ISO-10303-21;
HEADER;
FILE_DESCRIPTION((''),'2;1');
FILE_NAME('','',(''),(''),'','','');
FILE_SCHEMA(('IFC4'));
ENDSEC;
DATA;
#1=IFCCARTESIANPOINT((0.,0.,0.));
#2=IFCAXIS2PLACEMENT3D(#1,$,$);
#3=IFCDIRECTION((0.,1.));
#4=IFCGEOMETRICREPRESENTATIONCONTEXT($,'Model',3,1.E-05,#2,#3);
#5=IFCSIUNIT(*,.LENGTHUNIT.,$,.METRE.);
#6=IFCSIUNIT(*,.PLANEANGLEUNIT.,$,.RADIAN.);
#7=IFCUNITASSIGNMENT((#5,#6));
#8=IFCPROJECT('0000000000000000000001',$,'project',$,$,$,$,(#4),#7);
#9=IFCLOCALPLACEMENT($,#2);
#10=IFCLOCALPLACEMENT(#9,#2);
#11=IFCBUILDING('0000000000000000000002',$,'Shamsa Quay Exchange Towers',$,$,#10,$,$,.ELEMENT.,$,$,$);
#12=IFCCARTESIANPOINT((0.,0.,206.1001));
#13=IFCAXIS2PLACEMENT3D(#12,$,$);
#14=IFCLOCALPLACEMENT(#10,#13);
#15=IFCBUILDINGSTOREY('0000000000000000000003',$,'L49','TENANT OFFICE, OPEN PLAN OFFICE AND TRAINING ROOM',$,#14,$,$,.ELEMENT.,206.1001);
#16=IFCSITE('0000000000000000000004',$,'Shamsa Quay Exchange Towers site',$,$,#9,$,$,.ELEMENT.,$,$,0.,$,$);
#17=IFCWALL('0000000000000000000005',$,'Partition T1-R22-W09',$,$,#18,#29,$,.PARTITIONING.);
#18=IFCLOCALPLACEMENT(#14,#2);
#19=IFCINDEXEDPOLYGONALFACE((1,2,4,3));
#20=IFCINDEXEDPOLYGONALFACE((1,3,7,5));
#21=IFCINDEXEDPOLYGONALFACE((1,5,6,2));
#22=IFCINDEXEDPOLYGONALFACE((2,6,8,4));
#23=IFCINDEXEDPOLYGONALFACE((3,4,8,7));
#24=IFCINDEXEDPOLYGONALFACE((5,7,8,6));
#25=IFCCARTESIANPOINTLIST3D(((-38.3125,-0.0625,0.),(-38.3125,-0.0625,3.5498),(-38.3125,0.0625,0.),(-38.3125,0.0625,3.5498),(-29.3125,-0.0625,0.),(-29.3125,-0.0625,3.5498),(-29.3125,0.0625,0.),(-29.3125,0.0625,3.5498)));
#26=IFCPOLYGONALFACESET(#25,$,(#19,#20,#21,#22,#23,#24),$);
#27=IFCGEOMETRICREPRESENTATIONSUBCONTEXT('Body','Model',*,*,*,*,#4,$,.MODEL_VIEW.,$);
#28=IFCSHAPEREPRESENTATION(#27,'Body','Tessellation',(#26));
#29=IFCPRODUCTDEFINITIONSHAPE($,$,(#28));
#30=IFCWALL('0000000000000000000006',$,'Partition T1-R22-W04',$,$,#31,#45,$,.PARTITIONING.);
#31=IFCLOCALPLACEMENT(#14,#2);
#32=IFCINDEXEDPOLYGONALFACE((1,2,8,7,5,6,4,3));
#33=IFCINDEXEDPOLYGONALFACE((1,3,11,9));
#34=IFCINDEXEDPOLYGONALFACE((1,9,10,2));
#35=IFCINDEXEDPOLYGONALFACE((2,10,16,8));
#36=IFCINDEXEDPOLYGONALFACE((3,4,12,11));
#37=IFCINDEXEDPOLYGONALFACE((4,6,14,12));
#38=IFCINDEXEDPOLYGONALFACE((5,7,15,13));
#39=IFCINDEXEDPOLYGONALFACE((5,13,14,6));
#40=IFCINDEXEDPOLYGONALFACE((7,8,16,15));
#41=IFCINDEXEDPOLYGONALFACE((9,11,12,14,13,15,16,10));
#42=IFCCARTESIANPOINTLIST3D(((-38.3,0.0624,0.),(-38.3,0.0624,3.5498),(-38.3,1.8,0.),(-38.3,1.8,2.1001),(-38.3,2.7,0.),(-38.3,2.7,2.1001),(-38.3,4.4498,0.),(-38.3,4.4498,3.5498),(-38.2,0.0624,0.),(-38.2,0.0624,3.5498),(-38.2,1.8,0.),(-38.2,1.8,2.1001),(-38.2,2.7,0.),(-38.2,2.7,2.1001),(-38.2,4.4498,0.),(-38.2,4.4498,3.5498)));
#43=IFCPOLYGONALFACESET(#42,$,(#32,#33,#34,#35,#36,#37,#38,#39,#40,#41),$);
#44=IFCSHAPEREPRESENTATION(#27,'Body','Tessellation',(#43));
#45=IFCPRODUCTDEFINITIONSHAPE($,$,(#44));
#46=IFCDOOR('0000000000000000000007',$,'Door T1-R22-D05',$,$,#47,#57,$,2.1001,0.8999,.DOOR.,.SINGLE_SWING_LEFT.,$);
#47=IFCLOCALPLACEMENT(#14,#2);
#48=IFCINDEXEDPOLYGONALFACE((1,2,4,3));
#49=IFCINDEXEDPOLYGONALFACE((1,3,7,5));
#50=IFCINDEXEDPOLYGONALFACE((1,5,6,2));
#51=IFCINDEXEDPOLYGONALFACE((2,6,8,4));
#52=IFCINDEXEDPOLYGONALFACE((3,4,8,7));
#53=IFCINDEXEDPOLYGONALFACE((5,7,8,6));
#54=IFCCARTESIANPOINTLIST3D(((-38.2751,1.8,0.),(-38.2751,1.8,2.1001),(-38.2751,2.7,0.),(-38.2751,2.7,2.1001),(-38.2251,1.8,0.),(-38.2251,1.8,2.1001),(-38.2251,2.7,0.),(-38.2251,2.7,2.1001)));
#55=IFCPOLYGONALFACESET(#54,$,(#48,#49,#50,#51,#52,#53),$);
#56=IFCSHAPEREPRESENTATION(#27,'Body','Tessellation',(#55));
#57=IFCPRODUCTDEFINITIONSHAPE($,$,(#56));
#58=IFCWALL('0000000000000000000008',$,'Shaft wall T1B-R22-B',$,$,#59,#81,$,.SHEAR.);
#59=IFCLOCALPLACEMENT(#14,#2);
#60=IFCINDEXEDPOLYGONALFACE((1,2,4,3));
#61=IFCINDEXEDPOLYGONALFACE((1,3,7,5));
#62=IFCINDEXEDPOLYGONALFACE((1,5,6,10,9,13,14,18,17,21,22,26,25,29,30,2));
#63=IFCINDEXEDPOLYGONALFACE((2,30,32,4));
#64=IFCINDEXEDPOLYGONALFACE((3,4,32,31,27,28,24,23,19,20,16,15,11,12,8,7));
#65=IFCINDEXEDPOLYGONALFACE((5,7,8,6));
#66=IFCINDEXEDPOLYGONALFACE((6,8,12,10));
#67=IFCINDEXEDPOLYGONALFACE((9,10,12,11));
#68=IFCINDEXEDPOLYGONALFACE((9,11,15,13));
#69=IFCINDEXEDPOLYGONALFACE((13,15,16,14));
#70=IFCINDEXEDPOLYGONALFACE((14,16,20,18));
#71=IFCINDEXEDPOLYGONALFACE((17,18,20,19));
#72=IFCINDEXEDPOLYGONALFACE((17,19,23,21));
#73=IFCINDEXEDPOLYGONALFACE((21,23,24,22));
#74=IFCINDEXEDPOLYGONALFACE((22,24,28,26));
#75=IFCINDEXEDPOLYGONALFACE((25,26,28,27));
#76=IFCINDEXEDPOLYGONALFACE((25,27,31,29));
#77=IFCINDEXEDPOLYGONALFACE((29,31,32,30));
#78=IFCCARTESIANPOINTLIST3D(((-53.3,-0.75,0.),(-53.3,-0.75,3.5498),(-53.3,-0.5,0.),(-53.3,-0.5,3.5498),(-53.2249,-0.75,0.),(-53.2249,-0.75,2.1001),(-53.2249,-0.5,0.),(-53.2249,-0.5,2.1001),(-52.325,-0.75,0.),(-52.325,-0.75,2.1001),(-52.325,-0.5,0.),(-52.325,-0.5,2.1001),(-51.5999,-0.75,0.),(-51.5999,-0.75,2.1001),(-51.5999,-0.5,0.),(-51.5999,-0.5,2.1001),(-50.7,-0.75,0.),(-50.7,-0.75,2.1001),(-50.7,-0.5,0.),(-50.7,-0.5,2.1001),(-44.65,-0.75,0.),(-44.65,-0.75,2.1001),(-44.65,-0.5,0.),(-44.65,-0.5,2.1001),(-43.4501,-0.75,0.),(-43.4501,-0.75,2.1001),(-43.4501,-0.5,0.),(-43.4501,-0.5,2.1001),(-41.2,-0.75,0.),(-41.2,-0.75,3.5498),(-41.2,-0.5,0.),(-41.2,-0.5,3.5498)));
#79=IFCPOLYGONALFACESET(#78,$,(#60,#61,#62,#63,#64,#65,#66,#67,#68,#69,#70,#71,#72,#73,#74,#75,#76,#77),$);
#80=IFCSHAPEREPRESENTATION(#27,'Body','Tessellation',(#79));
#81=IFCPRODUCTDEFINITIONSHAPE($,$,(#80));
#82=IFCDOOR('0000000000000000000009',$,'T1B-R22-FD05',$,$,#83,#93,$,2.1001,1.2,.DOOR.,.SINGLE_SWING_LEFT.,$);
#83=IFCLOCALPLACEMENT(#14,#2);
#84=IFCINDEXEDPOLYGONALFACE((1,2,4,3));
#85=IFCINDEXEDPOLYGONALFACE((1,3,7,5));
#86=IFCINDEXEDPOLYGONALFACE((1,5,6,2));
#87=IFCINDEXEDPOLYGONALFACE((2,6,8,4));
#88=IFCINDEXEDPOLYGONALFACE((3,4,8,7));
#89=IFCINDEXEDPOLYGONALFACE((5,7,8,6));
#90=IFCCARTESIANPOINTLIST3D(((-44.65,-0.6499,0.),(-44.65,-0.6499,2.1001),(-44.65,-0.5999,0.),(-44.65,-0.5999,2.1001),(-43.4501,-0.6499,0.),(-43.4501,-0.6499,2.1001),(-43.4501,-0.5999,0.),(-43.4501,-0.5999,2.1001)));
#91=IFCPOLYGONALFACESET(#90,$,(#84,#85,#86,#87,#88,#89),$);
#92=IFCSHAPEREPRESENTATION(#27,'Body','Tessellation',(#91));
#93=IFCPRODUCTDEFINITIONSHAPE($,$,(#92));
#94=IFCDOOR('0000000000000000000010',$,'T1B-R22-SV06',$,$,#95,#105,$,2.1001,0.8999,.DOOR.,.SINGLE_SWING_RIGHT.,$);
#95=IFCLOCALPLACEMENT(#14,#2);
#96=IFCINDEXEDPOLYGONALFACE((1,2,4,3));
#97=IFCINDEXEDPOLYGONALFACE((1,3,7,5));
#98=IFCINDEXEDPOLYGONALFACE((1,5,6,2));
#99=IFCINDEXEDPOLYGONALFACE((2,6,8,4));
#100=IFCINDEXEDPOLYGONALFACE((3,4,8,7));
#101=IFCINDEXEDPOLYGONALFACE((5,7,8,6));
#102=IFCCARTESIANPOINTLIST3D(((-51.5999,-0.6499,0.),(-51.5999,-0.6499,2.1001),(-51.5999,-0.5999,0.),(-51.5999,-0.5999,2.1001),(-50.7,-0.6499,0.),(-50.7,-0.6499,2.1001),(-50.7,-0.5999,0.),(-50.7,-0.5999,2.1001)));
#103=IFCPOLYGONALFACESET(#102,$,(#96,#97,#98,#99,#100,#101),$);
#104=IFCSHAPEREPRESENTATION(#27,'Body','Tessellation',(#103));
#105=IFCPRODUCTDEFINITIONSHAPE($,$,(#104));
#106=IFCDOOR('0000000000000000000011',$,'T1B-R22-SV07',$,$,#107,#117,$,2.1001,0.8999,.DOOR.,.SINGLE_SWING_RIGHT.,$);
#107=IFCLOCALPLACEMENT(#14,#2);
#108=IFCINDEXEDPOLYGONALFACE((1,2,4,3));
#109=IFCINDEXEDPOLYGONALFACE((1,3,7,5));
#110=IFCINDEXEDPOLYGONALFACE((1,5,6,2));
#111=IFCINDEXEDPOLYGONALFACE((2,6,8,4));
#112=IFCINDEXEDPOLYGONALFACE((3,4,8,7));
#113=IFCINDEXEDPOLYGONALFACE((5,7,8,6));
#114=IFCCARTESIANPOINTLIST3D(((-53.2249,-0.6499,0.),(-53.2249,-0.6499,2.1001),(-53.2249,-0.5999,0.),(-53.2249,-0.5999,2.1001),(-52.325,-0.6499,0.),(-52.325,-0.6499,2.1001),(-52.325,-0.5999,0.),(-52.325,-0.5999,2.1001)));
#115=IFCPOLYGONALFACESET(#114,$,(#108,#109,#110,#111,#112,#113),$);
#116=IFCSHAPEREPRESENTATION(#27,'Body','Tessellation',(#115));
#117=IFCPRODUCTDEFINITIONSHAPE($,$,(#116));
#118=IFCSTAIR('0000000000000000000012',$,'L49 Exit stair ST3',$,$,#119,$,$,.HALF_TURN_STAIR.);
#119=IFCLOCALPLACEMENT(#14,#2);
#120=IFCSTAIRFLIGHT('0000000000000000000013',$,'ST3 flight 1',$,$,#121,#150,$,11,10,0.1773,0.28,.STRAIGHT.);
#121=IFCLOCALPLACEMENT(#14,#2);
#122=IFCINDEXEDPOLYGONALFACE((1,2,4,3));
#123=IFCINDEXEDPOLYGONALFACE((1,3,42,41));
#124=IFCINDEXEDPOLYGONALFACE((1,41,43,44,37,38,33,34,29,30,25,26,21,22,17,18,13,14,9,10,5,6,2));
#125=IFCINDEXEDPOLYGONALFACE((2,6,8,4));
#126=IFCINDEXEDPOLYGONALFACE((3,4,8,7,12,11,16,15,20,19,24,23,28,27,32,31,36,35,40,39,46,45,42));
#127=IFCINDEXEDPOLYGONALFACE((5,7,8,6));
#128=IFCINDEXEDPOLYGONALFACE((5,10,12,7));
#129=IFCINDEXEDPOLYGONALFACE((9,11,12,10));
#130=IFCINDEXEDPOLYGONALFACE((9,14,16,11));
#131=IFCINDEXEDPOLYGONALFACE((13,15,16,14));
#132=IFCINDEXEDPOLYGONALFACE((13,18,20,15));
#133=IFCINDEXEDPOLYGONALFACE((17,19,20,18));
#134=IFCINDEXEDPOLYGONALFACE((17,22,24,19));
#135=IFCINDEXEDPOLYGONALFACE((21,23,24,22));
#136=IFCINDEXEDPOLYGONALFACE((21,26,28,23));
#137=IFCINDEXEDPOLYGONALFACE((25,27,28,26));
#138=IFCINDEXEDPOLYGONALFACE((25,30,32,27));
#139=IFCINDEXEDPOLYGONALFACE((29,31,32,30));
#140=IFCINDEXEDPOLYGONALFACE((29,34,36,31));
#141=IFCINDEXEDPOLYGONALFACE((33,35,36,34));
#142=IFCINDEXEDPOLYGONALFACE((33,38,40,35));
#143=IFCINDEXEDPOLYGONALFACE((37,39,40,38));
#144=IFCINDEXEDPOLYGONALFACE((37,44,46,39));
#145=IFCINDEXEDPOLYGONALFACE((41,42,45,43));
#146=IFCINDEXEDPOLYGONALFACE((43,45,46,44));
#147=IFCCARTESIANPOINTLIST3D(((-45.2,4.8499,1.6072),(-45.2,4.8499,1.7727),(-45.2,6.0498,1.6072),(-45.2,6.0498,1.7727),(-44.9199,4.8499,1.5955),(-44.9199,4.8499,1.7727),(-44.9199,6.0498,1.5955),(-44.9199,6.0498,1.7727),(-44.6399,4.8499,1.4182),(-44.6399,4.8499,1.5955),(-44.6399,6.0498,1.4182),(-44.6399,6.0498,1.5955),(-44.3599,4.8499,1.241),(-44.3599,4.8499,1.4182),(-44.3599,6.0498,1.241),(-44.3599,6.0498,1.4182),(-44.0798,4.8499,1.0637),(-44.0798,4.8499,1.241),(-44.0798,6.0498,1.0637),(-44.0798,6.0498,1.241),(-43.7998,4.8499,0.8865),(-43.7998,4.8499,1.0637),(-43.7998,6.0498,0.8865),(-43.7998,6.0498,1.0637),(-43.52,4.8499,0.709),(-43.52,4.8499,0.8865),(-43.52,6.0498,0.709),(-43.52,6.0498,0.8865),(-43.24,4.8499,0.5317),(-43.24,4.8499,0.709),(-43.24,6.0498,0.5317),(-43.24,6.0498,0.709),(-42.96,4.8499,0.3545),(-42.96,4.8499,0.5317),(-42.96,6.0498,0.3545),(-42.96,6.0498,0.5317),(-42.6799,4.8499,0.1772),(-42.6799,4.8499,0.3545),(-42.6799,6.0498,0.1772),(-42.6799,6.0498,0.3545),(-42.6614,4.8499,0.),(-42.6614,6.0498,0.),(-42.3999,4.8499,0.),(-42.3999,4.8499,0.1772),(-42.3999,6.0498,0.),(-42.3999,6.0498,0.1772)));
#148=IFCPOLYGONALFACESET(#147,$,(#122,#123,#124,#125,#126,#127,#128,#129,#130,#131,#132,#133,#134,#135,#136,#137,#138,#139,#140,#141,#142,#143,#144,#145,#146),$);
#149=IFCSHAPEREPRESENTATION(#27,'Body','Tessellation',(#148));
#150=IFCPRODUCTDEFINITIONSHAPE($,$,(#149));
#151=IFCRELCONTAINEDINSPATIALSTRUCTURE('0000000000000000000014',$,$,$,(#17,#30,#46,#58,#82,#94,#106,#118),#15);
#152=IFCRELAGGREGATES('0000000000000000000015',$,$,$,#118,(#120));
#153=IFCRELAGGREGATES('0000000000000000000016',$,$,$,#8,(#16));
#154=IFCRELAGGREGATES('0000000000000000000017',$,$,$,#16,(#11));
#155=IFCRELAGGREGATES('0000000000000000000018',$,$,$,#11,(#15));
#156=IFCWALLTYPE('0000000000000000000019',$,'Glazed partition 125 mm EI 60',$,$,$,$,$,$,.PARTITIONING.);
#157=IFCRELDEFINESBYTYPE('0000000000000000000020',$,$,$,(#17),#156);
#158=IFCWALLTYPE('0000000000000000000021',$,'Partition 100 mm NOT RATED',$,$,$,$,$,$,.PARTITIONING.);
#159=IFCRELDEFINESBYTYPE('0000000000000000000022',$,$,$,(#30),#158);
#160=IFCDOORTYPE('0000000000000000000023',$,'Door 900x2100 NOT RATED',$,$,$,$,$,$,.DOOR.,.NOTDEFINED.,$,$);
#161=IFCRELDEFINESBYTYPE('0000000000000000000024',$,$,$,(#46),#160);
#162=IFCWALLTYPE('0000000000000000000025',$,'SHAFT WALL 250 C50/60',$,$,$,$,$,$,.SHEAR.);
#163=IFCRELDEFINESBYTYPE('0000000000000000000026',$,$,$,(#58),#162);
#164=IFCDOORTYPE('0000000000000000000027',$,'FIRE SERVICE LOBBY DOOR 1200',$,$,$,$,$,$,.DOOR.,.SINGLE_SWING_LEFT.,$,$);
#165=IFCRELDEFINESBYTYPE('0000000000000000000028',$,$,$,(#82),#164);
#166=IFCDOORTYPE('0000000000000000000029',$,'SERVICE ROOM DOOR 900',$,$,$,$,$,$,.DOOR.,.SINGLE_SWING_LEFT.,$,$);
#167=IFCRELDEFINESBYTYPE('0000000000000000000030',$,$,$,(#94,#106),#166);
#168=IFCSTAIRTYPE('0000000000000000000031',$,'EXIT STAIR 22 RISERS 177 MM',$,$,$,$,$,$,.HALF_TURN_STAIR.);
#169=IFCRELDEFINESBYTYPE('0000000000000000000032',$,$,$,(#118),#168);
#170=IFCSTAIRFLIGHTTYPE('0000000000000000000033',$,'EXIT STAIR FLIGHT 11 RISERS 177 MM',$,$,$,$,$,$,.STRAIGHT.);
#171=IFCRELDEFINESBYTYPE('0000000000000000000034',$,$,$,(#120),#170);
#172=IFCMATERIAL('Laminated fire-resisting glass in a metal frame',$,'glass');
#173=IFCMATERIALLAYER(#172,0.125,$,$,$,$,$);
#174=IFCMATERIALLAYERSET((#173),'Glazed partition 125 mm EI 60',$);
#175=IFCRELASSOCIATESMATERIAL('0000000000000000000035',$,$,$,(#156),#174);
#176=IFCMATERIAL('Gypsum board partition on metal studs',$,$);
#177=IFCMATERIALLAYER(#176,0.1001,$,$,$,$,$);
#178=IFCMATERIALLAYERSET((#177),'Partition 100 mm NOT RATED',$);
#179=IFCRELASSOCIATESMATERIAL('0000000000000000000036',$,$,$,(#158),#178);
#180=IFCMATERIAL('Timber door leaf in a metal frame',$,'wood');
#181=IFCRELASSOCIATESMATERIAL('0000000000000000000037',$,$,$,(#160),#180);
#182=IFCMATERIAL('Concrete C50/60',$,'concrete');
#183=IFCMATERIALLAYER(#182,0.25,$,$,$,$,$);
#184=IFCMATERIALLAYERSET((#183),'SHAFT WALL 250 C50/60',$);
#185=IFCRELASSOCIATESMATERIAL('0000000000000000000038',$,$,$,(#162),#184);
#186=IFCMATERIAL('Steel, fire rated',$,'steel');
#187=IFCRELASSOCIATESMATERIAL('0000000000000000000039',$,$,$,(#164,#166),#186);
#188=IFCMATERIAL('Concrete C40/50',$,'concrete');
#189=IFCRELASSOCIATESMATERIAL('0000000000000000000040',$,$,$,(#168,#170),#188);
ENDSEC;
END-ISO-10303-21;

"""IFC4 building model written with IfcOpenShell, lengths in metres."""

from ifc_helpers import new_model, si_unit, direction, frame, frame_2d, origin, place, context, subcontext, project, spatial, polyline, rectangle, outline, extrude, material, layer, layer_set, type_object, element, fill, aggregate, save


model = new_model("IFC4")

# Units and contexts
model_context = context("Model", 3, precision=1e-05, world=origin(), true_north=direction((0.0, 1.0)))
body_context = subcontext(model_context, "Body", "Model", "MODEL_VIEW")
ifc_project = project(units=[si_unit("LENGTHUNIT", "METRE"), si_unit("PLANEANGLEUNIT", "RADIAN")], contexts=[model_context])

# Site, building, storey
site_placement = place(None, origin())
site = spatial("IfcSite", under=ifc_project, at=site_placement, Name="Shamsa Quay Exchange Towers site", CompositionType="ELEMENT", RefElevation=0.0)
building_placement = place(site_placement, origin())
building = spatial("IfcBuilding", under=site, at=building_placement, Name="Shamsa Quay Exchange Towers", CompositionType="ELEMENT")
storey_placement = place(building_placement, frame((0.0, 0.0, 206.1001)))
storey = spatial("IfcBuildingStorey", under=building, at=storey_placement, Name="L49", Description="TENANT OFFICE, OPEN PLAN OFFICE AND TRAINING ROOM", CompositionType="ELEMENT", Elevation=206.1001)

# Shared definitions
ifc_material_1 = material(Name="Laminated fire-resisting glass in a metal frame", Category="glass")
ifc_layer_1 = layer(ifc_material_1, 0.125)
ifc_layer_set_1 = layer_set([ifc_layer_1], Name="Glazed partition 125 mm EI 60")
wall_type_1 = type_object("IfcWallType", Name="Glazed partition 125 mm EI 60", PredefinedType="PARTITIONING", material=ifc_layer_set_1)

# Shared definitions
ifc_material_2 = material(Name="Timber door leaf in a metal frame", Category="wood")

# Wall
wall_1_placement = place(storey_placement, frame((-38.3125, 0.0, 0.0)))
element("IfcWall", 1, at=wall_1_placement, inside=storey, type_object=wall_type_1, Name="Partition T1-R22-W09", PredefinedType="PARTITIONING", context=body_context, shape_type="SweptSolid", body=[
    extrude(rectangle(XDim=9.0, YDim=0.125, at=frame_2d((4.5, 0.0))), origin(), (0.0, 0.0, 1.0), 3.5498),
])

# Wall, opening, door
ifc_material_3 = material(Name="Gypsum board partition on metal studs")
ifc_layer_2 = layer(ifc_material_3, 0.1001)
ifc_layer_set_2 = layer_set([ifc_layer_2], Name="Partition 100 mm NOT RATED")
wall_type_2 = type_object("IfcWallType", Name="Partition 100 mm NOT RATED", PredefinedType="PARTITIONING", material=ifc_layer_set_2)
wall_2_placement = place(storey_placement, frame((-38.25, 4.45, 0.0), z_axis=(0.0, 0.0, 1.0), x_axis=(0.0, -1.0, 0.0)))
wall_2 = element("IfcWall", 2, at=wall_2_placement, inside=storey, type_object=wall_type_2, Name="Partition T1-R22-W04", PredefinedType="PARTITIONING", context=body_context, shape_type="SweptSolid", body=[
    extrude(rectangle(XDim=4.3875, YDim=0.1001, at=frame_2d((2.1938, 0.0))), origin(), (0.0, 0.0, 1.0), 3.5498),
])
opening_1_placement = place(wall_2_placement, frame((1.75, 0.0, 0.0)))
opening_1 = element("IfcOpeningElement", 3, at=opening_1_placement, cuts=wall_2, PredefinedType="OPENING", context=body_context, shape_type="SweptSolid", body=[
    extrude(rectangle(XDim=0.8999, YDim=2.1001, at=frame_2d((0.45, 1.05))), frame((0.0, 0.0601, 0.0), z_axis=(0.0, -1.0, 0.0), x_axis=(1.0, 0.0, 0.0)), (0.0, 0.0, 1.0), 0.1201),
])
door_type_1 = type_object("IfcDoorType", Name="Door 900x2100 NOT RATED", OperationType="NOTDEFINED", PredefinedType="DOOR", material=ifc_material_2)
door_1_placement = place(opening_1_placement, origin())
door_1 = element("IfcDoor", 4, at=door_1_placement, inside=storey, type_object=door_type_1, Name="Door T1-R22-D05", OperationType="SINGLE_SWING_LEFT", OverallHeight=2.1001, OverallWidth=0.8999, PredefinedType="DOOR", context=body_context, shape_type="SweptSolid", body=[
    extrude(rectangle(XDim=0.8999, YDim=2.1001, at=frame_2d((0.45, 1.05))), frame((0.0, 0.0249, 0.0), z_axis=(0.0, -1.0, 0.0), x_axis=(1.0, 0.0, 0.0)), (0.0, 0.0, 1.0), 0.05),
])
fill(opening_1, door_1)

# Wall, openings, doors
ifc_material_4 = material(Name="Concrete C50/60", Category="concrete")
ifc_layer_3 = layer(ifc_material_4, 0.25)
ifc_layer_set_3 = layer_set([ifc_layer_3], Name="SHAFT WALL 250 C50/60")
wall_type_3 = type_object("IfcWallType", Name="SHAFT WALL 250 C50/60", PredefinedType="SHEAR", material=ifc_layer_set_3)
wall_3_placement = place(storey_placement, frame((-41.2, -0.625, 0.0), z_axis=(0.0, 0.0, 1.0), x_axis=(-1.0, 0.0, 0.0)))
wall_3 = element("IfcWall", 5, at=wall_3_placement, inside=storey, type_object=wall_type_3, Name="Shaft wall T1B-R22-B", PredefinedType="SHEAR", context=body_context, shape_type="SweptSolid", body=[
    extrude(rectangle(XDim=12.1001, YDim=0.25, at=frame_2d((6.05, 0.0))), origin(), (0.0, 0.0, 1.0), 3.5498),
])
opening_2_placement = place(wall_3_placement, frame((2.25, 0.0, 0.0)))
opening_2 = element("IfcOpeningElement", 6, at=opening_2_placement, cuts=wall_3, PredefinedType="OPENING", context=body_context, shape_type="SweptSolid", body=[
    extrude(rectangle(XDim=1.2, YDim=2.1001, at=frame_2d((0.6001, 1.05))), frame((0.0, 0.135, 0.0), z_axis=(0.0, -1.0, 0.0), x_axis=(1.0, 0.0, 0.0)), (0.0, 0.0, 1.0), 0.27),
])
opening_3_placement = place(wall_3_placement, frame((9.5, 0.0, 0.0)))
opening_3 = element("IfcOpeningElement", 7, at=opening_3_placement, cuts=wall_3, PredefinedType="OPENING", context=body_context, shape_type="SweptSolid", body=[
    extrude(rectangle(XDim=0.8999, YDim=2.1001, at=frame_2d((0.45, 1.05))), frame((0.0, 0.135, 0.0), z_axis=(0.0, -1.0, 0.0), x_axis=(1.0, 0.0, 0.0)), (0.0, 0.0, 1.0), 0.27),
])
opening_4_placement = place(wall_3_placement, frame((11.125, 0.0, 0.0)))
opening_4 = element("IfcOpeningElement", 8, at=opening_4_placement, cuts=wall_3, PredefinedType="OPENING", context=body_context, shape_type="SweptSolid", body=[
    extrude(rectangle(XDim=0.8999, YDim=2.1001, at=frame_2d((0.45, 1.05))), frame((0.0, 0.135, 0.0), z_axis=(0.0, -1.0, 0.0), x_axis=(1.0, 0.0, 0.0)), (0.0, 0.0, 1.0), 0.27),
])
ifc_material_5 = material(Name="Steel, fire rated", Category="steel")
door_type_2 = type_object("IfcDoorType", Name="FIRE SERVICE LOBBY DOOR 1200", OperationType="SINGLE_SWING_LEFT", PredefinedType="DOOR", material=ifc_material_5)
door_2_placement = place(opening_2_placement, origin())
door_2 = element("IfcDoor", 9, at=door_2_placement, inside=storey, type_object=door_type_2, Name="T1B-R22-FD05", OperationType="SINGLE_SWING_LEFT", OverallHeight=2.1001, OverallWidth=1.2, PredefinedType="DOOR", context=body_context, shape_type="SweptSolid", body=[
    extrude(rectangle(XDim=1.2, YDim=2.1001, at=frame_2d((0.6001, 1.05))), frame((0.0, 0.0249, 0.0), z_axis=(0.0, -1.0, 0.0), x_axis=(1.0, 0.0, 0.0)), (0.0, 0.0, 1.0), 0.05),
])
fill(opening_2, door_2)
door_type_3 = type_object("IfcDoorType", Name="SERVICE ROOM DOOR 900", OperationType="SINGLE_SWING_LEFT", PredefinedType="DOOR", material=ifc_material_5)
door_3_placement = place(opening_3_placement, origin())
door_3 = element("IfcDoor", 10, at=door_3_placement, inside=storey, type_object=door_type_3, Name="T1B-R22-SV06", OperationType="SINGLE_SWING_RIGHT", OverallHeight=2.1001, OverallWidth=0.8999, PredefinedType="DOOR", context=body_context, shape_type="SweptSolid", body=[
    extrude(rectangle(XDim=0.8999, YDim=2.1001, at=frame_2d((0.45, 1.05))), frame((0.0, 0.0249, 0.0), z_axis=(0.0, -1.0, 0.0), x_axis=(1.0, 0.0, 0.0)), (0.0, 0.0, 1.0), 0.05),
])
fill(opening_3, door_3)
door_4_placement = place(opening_4_placement, origin())
door_4 = element("IfcDoor", 11, at=door_4_placement, inside=storey, type_object=door_type_3, Name="T1B-R22-SV07", OperationType="SINGLE_SWING_RIGHT", OverallHeight=2.1001, OverallWidth=0.8999, PredefinedType="DOOR", context=body_context, shape_type="SweptSolid", body=[
    extrude(rectangle(XDim=0.8999, YDim=2.1001, at=frame_2d((0.45, 1.05))), frame((0.0, 0.0249, 0.0), z_axis=(0.0, -1.0, 0.0), x_axis=(1.0, 0.0, 0.0)), (0.0, 0.0, 1.0), 0.05),
])
fill(opening_4, door_4)

# Stair, stair flight
ifc_material_6 = material(Name="Concrete C40/50", Category="concrete")
stair_type = type_object("IfcStairType", Name="EXIT STAIR 22 RISERS 177 MM", PredefinedType="HALF_TURN_STAIR", material=ifc_material_6)
stair_placement = place(storey_placement, origin())
stair = element("IfcStair", 12, at=stair_placement, inside=storey, type_object=stair_type, Name="L49 Exit stair ST3", PredefinedType="HALF_TURN_STAIR")
stair_flight_type = type_object("IfcStairFlightType", Name="EXIT STAIR FLIGHT 11 RISERS 177 MM", PredefinedType="STRAIGHT", material=ifc_material_6)
stair_flight_placement = place(storey_placement, frame((-42.3999, 5.45, 0.0), z_axis=(0.0, 0.0, 1.0), x_axis=(-1.0, 0.0, 0.0)))
stair_flight = element("IfcStairFlight", 13, at=stair_flight_placement, type_object=stair_flight_type, Name="ST3 flight 1", NumberOfRisers=11, NumberOfTreads=10, PredefinedType="STRAIGHT", RiserHeight=0.1773, TreadLength=0.28, context=body_context, shape_type="SweptSolid", body=[
    extrude(outline(polyline([(0.0, 0.0), (0.0, 0.1772), (0.28, 0.1772), (0.28, 0.3545), (0.5601, 0.3545), (0.5601, 0.5317), (0.8401, 0.5317), (0.8401, 0.709), (1.1201, 0.709), (1.1201, 0.8865), (1.3999, 0.8865), (1.3999, 1.0637), (1.6799, 1.0637), (1.6799, 1.241), (1.96, 1.241), (1.96, 1.4182), (2.24, 1.4182), (2.24, 1.5955), (2.52, 1.5955), (2.52, 1.7727), (2.8, 1.7727), (2.8, 1.95), (2.8, 1.6072), (0.2615, 0.0), (0.0, 0.0)])), frame((0.0, 0.6001, 0.0), z_axis=(0.0, -1.0, 0.0), x_axis=(1.0, 0.0, 0.0)), (0.0, 0.0, 1.0), 1.2),
])
aggregate(stair, [stair_flight])

save(model, "model.ifc")
